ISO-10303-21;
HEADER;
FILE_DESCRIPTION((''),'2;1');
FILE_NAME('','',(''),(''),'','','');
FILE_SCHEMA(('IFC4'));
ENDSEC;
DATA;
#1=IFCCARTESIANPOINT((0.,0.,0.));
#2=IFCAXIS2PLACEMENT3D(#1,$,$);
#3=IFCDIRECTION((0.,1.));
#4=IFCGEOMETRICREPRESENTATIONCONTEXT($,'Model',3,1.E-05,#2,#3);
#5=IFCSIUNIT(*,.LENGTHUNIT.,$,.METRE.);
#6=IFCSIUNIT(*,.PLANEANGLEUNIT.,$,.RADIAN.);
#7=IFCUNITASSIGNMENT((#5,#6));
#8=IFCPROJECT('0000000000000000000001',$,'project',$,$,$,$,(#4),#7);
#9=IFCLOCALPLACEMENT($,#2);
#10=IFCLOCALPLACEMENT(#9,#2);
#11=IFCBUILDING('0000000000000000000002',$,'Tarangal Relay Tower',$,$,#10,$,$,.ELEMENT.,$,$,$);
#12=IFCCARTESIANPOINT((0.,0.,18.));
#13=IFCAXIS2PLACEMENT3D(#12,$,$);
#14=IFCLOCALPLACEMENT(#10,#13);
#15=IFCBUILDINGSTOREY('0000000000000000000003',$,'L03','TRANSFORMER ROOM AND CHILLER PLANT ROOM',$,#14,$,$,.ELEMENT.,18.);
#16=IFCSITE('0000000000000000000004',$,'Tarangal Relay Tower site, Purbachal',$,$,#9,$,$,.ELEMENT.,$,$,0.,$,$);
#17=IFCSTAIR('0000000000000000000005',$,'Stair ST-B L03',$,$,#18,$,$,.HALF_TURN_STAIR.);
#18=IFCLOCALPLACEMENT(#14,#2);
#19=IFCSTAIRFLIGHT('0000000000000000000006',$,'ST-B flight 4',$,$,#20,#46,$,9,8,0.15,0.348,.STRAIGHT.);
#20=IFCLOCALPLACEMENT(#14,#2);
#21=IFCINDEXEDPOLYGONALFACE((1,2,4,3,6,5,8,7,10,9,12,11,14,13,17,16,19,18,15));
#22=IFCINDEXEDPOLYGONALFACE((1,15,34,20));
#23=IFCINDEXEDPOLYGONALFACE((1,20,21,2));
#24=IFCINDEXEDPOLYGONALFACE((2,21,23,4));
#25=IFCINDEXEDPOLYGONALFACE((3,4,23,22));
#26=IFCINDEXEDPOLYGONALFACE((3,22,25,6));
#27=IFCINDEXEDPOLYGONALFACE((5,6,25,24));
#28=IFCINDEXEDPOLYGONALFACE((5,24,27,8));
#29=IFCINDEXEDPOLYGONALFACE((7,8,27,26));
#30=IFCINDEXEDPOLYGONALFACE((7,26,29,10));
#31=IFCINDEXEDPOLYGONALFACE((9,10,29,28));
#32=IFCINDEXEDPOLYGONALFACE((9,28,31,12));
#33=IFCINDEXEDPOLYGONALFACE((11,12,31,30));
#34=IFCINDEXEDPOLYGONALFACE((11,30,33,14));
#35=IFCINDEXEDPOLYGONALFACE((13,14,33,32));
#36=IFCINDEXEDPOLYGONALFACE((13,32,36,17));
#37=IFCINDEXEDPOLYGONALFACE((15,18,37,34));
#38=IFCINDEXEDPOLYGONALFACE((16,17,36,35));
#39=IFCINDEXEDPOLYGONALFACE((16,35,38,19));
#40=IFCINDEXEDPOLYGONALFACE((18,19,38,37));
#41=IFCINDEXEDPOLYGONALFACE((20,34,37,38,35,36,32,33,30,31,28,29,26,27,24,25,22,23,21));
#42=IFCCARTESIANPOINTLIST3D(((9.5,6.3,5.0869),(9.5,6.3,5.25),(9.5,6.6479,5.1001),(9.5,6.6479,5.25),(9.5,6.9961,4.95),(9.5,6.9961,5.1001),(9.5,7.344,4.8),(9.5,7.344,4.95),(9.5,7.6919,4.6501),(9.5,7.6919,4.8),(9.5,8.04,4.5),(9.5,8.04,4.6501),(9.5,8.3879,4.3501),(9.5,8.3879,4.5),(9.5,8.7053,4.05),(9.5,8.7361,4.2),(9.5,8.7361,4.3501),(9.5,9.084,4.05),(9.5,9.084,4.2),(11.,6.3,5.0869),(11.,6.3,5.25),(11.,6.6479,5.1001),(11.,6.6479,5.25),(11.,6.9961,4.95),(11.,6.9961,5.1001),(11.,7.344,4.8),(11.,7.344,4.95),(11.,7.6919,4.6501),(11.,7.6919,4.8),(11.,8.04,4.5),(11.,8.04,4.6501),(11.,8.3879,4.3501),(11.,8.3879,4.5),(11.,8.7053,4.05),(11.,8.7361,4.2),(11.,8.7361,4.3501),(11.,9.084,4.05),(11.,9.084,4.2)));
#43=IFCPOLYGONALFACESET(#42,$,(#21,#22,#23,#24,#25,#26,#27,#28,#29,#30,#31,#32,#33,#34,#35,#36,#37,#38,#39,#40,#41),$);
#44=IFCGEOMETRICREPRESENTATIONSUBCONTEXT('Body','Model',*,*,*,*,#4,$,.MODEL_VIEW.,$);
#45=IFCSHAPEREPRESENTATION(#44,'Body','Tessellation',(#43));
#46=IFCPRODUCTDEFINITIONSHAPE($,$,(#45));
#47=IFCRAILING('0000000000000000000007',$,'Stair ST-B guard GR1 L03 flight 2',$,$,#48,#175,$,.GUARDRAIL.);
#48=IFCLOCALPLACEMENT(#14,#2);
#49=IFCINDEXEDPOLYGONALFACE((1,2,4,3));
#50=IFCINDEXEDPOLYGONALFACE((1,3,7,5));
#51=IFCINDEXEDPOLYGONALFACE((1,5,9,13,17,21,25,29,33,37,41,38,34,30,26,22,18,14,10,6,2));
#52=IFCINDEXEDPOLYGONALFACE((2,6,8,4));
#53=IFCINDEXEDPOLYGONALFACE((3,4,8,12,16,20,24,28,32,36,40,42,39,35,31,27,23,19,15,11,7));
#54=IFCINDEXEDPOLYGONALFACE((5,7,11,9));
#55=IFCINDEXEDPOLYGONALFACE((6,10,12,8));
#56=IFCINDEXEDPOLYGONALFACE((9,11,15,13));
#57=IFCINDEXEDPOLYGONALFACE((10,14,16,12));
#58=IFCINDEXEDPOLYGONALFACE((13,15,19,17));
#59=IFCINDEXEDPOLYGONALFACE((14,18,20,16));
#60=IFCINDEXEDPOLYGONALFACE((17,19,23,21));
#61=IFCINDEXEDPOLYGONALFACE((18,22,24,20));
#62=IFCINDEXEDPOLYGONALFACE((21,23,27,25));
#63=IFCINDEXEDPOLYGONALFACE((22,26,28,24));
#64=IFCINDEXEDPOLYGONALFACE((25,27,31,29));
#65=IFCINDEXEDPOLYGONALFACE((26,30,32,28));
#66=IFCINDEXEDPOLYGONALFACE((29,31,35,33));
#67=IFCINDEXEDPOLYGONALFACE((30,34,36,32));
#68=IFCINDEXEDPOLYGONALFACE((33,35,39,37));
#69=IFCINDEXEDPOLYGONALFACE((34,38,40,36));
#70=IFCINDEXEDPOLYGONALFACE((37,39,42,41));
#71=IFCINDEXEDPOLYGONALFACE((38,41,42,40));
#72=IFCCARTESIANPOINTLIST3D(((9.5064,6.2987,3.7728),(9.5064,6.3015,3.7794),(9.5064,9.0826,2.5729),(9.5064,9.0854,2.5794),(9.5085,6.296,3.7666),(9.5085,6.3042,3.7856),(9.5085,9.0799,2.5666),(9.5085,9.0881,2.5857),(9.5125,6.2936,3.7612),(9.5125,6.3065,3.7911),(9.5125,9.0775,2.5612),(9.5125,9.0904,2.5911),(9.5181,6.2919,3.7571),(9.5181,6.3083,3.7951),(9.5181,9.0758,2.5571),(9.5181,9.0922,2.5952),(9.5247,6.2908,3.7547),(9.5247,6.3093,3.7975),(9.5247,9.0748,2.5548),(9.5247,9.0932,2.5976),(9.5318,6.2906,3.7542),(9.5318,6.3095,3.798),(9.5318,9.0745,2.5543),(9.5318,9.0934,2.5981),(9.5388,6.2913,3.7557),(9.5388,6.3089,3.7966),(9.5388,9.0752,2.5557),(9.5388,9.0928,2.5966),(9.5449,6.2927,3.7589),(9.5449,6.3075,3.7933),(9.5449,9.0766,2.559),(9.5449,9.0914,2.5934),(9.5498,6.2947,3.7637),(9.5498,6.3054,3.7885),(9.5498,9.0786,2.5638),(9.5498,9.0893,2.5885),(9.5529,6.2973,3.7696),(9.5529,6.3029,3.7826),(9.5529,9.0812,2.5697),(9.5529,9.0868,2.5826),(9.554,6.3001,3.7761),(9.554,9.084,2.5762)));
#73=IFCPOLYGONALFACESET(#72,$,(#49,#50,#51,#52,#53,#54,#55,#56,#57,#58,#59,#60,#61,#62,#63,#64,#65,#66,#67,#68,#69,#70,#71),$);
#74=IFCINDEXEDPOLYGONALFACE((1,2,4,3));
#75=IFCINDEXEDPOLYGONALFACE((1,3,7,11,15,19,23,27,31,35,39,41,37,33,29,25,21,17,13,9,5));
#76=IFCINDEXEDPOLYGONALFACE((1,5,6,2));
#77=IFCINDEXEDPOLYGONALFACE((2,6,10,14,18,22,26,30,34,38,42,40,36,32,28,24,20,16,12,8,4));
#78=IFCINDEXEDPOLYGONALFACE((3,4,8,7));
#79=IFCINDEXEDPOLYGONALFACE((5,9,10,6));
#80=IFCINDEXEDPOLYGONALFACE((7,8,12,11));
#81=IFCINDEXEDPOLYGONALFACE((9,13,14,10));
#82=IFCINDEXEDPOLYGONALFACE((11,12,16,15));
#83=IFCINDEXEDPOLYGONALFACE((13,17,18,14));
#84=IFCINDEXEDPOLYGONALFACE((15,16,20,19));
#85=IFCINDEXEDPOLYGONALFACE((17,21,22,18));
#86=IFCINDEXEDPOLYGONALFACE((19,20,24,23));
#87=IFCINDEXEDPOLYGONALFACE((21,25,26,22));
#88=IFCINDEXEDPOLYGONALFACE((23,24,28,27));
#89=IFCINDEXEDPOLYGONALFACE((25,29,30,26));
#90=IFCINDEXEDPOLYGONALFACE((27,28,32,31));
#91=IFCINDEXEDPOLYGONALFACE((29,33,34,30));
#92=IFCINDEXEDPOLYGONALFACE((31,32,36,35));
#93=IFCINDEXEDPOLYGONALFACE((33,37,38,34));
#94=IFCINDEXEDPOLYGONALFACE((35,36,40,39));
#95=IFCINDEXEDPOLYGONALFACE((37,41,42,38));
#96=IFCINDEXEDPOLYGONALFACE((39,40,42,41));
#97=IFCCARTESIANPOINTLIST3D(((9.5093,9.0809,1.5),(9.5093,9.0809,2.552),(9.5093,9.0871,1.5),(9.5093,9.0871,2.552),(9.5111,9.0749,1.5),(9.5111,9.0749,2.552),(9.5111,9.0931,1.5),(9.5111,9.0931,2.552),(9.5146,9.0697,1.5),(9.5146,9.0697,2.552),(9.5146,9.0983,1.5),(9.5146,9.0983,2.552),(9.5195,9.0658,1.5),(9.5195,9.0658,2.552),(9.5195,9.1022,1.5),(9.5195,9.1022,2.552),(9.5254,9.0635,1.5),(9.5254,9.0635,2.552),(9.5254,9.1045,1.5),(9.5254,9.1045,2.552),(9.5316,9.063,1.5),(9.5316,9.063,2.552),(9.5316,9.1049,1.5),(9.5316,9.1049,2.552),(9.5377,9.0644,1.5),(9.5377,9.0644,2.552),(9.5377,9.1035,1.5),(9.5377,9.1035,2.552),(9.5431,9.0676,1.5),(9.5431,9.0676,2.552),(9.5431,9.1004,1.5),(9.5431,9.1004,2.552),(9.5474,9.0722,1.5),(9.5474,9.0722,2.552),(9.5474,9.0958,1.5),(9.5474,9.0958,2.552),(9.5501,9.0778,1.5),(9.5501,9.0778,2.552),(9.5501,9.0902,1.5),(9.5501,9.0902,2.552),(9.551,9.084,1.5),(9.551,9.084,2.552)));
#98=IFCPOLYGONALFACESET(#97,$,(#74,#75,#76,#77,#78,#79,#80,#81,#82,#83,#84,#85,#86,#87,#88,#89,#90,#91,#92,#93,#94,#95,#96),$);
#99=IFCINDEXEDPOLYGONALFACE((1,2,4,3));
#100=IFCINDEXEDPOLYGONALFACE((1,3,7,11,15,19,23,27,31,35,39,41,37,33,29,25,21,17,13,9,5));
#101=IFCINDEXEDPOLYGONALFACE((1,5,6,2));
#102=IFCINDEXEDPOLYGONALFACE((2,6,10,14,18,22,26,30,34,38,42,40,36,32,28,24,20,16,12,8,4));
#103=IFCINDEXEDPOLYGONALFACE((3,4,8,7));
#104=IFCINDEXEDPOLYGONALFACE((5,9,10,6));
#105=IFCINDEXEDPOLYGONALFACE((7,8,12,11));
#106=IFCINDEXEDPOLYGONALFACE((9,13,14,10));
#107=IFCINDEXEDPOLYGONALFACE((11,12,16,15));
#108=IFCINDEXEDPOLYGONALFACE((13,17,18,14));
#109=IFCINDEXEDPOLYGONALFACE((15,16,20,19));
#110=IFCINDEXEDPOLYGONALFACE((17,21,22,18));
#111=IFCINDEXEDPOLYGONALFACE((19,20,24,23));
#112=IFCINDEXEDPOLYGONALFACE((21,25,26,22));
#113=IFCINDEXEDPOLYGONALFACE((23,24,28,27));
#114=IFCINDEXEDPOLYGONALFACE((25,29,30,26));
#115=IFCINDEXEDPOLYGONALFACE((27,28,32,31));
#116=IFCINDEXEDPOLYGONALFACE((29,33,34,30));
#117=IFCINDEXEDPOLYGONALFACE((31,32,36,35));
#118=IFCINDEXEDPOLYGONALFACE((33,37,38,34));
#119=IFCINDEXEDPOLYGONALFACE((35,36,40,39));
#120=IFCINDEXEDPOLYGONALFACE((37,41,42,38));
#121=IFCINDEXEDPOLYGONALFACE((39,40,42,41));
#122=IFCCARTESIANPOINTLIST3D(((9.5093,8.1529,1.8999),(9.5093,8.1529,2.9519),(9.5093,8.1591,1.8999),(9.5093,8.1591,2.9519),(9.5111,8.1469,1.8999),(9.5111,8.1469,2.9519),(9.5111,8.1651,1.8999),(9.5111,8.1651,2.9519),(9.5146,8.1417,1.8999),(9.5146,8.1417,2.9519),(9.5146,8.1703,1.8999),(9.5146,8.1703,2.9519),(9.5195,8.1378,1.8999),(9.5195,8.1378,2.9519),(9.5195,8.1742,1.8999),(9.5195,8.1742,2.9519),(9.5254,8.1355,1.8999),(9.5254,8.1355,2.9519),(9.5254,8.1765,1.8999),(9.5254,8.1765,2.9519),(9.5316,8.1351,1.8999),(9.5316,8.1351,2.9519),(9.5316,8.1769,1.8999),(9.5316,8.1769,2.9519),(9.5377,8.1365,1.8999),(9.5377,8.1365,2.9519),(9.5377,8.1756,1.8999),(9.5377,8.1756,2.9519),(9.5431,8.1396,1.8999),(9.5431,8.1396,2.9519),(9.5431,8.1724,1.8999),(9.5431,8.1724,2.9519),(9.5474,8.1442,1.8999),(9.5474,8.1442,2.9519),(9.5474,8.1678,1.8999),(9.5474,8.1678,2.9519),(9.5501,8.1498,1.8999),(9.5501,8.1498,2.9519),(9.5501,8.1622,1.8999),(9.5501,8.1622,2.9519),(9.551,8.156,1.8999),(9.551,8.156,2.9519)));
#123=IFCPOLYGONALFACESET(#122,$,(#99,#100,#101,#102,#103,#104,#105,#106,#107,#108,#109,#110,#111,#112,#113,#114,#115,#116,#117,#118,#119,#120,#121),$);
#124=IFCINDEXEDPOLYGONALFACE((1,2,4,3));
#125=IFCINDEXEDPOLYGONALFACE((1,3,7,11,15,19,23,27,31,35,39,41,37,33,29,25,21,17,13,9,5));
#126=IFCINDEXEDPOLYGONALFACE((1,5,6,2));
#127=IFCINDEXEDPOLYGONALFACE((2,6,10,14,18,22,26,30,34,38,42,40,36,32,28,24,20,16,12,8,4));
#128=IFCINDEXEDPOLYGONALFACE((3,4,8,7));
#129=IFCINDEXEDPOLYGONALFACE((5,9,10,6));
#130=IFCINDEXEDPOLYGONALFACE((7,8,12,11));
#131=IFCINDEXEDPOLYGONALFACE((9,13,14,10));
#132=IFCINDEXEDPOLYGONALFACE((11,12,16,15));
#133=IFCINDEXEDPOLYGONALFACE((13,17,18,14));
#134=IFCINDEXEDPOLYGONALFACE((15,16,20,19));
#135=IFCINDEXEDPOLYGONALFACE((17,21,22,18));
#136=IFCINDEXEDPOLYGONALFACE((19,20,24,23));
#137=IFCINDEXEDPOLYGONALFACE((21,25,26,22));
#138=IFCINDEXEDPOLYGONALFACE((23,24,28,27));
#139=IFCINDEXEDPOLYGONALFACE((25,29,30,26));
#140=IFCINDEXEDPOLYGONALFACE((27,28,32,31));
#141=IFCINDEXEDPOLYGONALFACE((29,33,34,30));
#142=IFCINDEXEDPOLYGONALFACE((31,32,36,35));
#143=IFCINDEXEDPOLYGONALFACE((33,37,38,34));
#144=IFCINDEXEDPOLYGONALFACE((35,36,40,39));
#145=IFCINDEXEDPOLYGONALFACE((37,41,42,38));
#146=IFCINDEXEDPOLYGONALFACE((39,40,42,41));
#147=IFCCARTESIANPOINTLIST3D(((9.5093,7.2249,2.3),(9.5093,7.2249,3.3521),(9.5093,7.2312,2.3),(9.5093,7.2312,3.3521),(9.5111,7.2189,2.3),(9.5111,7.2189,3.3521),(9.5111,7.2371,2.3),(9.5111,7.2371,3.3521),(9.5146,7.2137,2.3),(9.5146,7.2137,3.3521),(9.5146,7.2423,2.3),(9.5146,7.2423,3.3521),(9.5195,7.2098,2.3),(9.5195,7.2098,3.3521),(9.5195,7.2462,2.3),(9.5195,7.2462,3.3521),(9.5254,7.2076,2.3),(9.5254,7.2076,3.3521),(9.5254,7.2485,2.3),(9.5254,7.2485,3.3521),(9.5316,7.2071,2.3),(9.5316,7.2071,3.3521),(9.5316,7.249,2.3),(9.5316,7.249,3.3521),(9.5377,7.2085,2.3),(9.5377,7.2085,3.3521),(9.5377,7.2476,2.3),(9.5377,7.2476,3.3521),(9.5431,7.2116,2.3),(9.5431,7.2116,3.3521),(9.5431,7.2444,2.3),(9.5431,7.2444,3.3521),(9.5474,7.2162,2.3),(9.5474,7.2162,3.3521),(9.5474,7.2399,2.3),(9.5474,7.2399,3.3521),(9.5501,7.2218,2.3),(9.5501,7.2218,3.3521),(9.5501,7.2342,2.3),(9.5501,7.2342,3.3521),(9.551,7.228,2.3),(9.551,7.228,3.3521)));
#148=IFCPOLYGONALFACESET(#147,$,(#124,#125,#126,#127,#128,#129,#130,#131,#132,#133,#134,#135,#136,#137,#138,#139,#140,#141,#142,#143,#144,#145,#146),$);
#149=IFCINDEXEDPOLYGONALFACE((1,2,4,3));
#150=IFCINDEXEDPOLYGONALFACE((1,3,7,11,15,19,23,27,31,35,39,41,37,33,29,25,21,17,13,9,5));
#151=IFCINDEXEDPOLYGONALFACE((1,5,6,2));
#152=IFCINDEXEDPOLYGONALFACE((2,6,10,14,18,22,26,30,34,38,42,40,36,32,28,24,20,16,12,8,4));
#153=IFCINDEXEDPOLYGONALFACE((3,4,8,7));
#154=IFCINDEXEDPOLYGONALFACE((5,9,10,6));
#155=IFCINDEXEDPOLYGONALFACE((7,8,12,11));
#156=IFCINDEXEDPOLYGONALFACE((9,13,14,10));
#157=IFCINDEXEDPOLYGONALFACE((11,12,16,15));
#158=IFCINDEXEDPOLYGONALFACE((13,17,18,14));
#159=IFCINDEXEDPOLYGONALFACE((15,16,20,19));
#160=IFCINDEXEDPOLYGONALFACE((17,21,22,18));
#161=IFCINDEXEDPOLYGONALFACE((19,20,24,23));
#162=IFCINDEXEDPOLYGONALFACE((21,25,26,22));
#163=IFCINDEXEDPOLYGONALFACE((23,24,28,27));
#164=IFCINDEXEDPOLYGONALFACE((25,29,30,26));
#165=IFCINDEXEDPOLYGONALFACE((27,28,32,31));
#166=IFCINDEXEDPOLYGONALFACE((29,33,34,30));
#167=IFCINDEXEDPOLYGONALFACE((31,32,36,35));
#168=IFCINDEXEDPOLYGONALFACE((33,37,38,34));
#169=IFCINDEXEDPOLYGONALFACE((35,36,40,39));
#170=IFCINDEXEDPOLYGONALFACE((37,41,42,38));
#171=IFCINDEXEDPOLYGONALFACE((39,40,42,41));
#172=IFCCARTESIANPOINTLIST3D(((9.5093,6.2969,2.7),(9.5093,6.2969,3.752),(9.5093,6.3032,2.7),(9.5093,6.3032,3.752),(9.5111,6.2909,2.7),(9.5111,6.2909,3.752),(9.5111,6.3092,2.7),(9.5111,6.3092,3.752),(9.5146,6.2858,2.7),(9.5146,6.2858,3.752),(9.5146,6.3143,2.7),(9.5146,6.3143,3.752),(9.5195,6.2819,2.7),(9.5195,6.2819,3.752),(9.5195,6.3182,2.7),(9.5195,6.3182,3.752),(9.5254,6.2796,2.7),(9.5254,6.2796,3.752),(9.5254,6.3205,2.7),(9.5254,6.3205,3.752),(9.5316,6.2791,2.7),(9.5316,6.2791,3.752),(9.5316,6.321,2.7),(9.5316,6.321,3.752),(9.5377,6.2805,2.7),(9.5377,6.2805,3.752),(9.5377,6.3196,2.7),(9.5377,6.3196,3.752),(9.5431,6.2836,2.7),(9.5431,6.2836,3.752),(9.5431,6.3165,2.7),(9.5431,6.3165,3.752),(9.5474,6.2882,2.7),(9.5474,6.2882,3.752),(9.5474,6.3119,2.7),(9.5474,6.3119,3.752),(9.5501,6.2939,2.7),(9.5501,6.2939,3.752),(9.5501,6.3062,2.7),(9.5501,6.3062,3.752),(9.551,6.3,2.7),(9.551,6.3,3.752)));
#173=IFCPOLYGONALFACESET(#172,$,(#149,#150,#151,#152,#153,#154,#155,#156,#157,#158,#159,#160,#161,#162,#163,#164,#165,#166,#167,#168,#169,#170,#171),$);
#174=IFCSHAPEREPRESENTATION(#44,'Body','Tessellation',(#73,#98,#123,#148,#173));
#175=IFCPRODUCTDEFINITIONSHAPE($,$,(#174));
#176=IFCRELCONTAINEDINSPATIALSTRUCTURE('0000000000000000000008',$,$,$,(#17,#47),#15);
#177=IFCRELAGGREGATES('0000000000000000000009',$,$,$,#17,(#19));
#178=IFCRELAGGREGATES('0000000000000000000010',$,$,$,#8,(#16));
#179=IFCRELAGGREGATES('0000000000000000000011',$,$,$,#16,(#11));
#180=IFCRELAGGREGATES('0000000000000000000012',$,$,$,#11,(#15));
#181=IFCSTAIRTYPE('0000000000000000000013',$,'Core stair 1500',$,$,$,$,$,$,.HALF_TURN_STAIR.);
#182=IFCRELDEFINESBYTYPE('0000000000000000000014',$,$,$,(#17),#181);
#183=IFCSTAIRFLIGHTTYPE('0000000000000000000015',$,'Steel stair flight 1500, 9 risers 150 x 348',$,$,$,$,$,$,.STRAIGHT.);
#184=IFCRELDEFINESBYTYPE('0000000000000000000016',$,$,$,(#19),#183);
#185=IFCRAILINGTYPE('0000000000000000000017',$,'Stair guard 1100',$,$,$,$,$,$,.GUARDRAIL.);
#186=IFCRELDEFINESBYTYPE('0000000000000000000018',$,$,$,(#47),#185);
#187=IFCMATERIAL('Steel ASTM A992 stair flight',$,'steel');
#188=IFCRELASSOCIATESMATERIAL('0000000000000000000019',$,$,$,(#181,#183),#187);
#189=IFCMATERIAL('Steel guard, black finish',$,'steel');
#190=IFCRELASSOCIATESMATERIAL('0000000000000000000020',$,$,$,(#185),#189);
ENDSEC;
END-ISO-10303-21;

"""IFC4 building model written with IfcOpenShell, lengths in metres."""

from ifc_helpers import new_model, si_unit, direction, frame, origin, origin_2d, place, context, subcontext, project, spatial, polyline, circle, outline, extrude, material, type_object, element, aggregate, save


model = new_model("IFC4")

# Units and contexts
model_context = context("Model", 3, precision=1e-05, world=origin(), true_north=direction((0.0, 1.0)))
body_context = subcontext(model_context, "Body", "Model", "MODEL_VIEW")
ifc_project = project(units=[si_unit("LENGTHUNIT", "METRE"), si_unit("PLANEANGLEUNIT", "RADIAN")], contexts=[model_context])

# Site, building, storey
site_placement = place(None, origin())
site = spatial("IfcSite", under=ifc_project, at=site_placement, Name="Tarangal Relay Tower site, Purbachal", CompositionType="ELEMENT", RefElevation=0.0)
building_placement = place(site_placement, origin())
building = spatial("IfcBuilding", under=site, at=building_placement, Name="Tarangal Relay Tower", CompositionType="ELEMENT")
storey_placement = place(building_placement, frame((0.0, 0.0, 18.0)))
storey = spatial("IfcBuildingStorey", under=building, at=storey_placement, Name="L03", Description="TRANSFORMER ROOM AND CHILLER PLANT ROOM", CompositionType="ELEMENT", Elevation=18.0)

# Stair, stair flight
ifc_material_1 = material(Name="Steel ASTM A992 stair flight", Category="steel")
stair_type = type_object("IfcStairType", Name="Core stair 1500", PredefinedType="HALF_TURN_STAIR", material=ifc_material_1)
stair_placement = place(storey_placement, origin())
stair = element("IfcStair", 1, at=stair_placement, inside=storey, type_object=stair_type, Name="Stair ST-B L03", PredefinedType="HALF_TURN_STAIR")
stair_flight_type = type_object("IfcStairFlightType", Name="Steel stair flight 1500, 9 risers 150 x 348", PredefinedType="STRAIGHT", material=ifc_material_1)
stair_flight_1_placement = place(storey_placement, frame((10.25, 9.084, 4.05), z_axis=(0.0, 0.0, 1.0), x_axis=(0.0, -1.0, 0.0)))
stair_flight_1 = element("IfcStairFlight", 2, at=stair_flight_1_placement, type_object=stair_flight_type, Name="ST-B flight 4", NumberOfRisers=9, NumberOfTreads=8, PredefinedType="STRAIGHT", RiserHeight=0.15, TreadLength=0.348, context=body_context, shape_type="SweptSolid", body=[
    extrude(outline(polyline([(0.0, 0.0), (0.0, 0.1499), (0.3479, 0.1499), (0.3479, 0.3), (0.696, 0.3), (0.696, 0.45), (1.0439, 0.45), (1.0439, 0.6001), (1.3921, 0.6001), (1.3921, 0.75), (1.74, 0.75), (1.74, 0.8999), (2.0879, 0.8999), (2.0879, 1.05), (2.436, 1.05), (2.436, 1.2), (2.7839, 1.2), (2.7839, 1.3501), (2.7839, 1.0369), (0.3787, 0.0), (0.0, 0.0)])), frame((0.0, 0.75, 0.0), z_axis=(0.0, -1.0, 0.0), x_axis=(1.0, 0.0, 0.0)), (0.0, 0.0, 1.0), 1.5),
])
aggregate(stair, [stair_flight_1])

# Railing
ifc_material_2 = material(Name="Steel guard, black finish", Category="steel")
railing_type_1 = type_object("IfcRailingType", Name="Stair guard 1100", PredefinedType="GUARDRAIL", material=ifc_material_2)
for number, where, name in (
    (3, (9.53, 9.084, 1.5), "Stair ST-B guard GR1 L03 flight 2"),
):
    element("IfcRailing", number, at=place(storey_placement, frame(where)), inside=storey, type_object=railing_type_1, Name=name, PredefinedType="GUARDRAIL", context=body_context, shape_type="SweptSolid", body=[
        extrude(circle(Radius=0.0239, at=origin_2d()), frame((0.0, 0.0, 1.0762), z_axis=(0.0, -0.918327, 0.395823), x_axis=(1.0, 0.0, 0.0)), (0.0, 0.0, 1.0), 3.0315),
        extrude(circle(Radius=0.021, at=origin_2d()), origin(), (0.0, 0.0, 1.0), 1.052),
        extrude(circle(Radius=0.021, at=origin_2d()), frame((0.0, -0.928, 0.3999)), (0.0, 0.0, 1.0), 1.052),
        extrude(circle(Radius=0.021, at=origin_2d()), frame((0.0, -1.856, 0.8)), (0.0, 0.0, 1.0), 1.052),
        extrude(circle(Radius=0.021, at=origin_2d()), frame((0.0, -2.7839, 1.2)), (0.0, 0.0, 1.0), 1.052),
    ])

save(model, "model.ifc")
